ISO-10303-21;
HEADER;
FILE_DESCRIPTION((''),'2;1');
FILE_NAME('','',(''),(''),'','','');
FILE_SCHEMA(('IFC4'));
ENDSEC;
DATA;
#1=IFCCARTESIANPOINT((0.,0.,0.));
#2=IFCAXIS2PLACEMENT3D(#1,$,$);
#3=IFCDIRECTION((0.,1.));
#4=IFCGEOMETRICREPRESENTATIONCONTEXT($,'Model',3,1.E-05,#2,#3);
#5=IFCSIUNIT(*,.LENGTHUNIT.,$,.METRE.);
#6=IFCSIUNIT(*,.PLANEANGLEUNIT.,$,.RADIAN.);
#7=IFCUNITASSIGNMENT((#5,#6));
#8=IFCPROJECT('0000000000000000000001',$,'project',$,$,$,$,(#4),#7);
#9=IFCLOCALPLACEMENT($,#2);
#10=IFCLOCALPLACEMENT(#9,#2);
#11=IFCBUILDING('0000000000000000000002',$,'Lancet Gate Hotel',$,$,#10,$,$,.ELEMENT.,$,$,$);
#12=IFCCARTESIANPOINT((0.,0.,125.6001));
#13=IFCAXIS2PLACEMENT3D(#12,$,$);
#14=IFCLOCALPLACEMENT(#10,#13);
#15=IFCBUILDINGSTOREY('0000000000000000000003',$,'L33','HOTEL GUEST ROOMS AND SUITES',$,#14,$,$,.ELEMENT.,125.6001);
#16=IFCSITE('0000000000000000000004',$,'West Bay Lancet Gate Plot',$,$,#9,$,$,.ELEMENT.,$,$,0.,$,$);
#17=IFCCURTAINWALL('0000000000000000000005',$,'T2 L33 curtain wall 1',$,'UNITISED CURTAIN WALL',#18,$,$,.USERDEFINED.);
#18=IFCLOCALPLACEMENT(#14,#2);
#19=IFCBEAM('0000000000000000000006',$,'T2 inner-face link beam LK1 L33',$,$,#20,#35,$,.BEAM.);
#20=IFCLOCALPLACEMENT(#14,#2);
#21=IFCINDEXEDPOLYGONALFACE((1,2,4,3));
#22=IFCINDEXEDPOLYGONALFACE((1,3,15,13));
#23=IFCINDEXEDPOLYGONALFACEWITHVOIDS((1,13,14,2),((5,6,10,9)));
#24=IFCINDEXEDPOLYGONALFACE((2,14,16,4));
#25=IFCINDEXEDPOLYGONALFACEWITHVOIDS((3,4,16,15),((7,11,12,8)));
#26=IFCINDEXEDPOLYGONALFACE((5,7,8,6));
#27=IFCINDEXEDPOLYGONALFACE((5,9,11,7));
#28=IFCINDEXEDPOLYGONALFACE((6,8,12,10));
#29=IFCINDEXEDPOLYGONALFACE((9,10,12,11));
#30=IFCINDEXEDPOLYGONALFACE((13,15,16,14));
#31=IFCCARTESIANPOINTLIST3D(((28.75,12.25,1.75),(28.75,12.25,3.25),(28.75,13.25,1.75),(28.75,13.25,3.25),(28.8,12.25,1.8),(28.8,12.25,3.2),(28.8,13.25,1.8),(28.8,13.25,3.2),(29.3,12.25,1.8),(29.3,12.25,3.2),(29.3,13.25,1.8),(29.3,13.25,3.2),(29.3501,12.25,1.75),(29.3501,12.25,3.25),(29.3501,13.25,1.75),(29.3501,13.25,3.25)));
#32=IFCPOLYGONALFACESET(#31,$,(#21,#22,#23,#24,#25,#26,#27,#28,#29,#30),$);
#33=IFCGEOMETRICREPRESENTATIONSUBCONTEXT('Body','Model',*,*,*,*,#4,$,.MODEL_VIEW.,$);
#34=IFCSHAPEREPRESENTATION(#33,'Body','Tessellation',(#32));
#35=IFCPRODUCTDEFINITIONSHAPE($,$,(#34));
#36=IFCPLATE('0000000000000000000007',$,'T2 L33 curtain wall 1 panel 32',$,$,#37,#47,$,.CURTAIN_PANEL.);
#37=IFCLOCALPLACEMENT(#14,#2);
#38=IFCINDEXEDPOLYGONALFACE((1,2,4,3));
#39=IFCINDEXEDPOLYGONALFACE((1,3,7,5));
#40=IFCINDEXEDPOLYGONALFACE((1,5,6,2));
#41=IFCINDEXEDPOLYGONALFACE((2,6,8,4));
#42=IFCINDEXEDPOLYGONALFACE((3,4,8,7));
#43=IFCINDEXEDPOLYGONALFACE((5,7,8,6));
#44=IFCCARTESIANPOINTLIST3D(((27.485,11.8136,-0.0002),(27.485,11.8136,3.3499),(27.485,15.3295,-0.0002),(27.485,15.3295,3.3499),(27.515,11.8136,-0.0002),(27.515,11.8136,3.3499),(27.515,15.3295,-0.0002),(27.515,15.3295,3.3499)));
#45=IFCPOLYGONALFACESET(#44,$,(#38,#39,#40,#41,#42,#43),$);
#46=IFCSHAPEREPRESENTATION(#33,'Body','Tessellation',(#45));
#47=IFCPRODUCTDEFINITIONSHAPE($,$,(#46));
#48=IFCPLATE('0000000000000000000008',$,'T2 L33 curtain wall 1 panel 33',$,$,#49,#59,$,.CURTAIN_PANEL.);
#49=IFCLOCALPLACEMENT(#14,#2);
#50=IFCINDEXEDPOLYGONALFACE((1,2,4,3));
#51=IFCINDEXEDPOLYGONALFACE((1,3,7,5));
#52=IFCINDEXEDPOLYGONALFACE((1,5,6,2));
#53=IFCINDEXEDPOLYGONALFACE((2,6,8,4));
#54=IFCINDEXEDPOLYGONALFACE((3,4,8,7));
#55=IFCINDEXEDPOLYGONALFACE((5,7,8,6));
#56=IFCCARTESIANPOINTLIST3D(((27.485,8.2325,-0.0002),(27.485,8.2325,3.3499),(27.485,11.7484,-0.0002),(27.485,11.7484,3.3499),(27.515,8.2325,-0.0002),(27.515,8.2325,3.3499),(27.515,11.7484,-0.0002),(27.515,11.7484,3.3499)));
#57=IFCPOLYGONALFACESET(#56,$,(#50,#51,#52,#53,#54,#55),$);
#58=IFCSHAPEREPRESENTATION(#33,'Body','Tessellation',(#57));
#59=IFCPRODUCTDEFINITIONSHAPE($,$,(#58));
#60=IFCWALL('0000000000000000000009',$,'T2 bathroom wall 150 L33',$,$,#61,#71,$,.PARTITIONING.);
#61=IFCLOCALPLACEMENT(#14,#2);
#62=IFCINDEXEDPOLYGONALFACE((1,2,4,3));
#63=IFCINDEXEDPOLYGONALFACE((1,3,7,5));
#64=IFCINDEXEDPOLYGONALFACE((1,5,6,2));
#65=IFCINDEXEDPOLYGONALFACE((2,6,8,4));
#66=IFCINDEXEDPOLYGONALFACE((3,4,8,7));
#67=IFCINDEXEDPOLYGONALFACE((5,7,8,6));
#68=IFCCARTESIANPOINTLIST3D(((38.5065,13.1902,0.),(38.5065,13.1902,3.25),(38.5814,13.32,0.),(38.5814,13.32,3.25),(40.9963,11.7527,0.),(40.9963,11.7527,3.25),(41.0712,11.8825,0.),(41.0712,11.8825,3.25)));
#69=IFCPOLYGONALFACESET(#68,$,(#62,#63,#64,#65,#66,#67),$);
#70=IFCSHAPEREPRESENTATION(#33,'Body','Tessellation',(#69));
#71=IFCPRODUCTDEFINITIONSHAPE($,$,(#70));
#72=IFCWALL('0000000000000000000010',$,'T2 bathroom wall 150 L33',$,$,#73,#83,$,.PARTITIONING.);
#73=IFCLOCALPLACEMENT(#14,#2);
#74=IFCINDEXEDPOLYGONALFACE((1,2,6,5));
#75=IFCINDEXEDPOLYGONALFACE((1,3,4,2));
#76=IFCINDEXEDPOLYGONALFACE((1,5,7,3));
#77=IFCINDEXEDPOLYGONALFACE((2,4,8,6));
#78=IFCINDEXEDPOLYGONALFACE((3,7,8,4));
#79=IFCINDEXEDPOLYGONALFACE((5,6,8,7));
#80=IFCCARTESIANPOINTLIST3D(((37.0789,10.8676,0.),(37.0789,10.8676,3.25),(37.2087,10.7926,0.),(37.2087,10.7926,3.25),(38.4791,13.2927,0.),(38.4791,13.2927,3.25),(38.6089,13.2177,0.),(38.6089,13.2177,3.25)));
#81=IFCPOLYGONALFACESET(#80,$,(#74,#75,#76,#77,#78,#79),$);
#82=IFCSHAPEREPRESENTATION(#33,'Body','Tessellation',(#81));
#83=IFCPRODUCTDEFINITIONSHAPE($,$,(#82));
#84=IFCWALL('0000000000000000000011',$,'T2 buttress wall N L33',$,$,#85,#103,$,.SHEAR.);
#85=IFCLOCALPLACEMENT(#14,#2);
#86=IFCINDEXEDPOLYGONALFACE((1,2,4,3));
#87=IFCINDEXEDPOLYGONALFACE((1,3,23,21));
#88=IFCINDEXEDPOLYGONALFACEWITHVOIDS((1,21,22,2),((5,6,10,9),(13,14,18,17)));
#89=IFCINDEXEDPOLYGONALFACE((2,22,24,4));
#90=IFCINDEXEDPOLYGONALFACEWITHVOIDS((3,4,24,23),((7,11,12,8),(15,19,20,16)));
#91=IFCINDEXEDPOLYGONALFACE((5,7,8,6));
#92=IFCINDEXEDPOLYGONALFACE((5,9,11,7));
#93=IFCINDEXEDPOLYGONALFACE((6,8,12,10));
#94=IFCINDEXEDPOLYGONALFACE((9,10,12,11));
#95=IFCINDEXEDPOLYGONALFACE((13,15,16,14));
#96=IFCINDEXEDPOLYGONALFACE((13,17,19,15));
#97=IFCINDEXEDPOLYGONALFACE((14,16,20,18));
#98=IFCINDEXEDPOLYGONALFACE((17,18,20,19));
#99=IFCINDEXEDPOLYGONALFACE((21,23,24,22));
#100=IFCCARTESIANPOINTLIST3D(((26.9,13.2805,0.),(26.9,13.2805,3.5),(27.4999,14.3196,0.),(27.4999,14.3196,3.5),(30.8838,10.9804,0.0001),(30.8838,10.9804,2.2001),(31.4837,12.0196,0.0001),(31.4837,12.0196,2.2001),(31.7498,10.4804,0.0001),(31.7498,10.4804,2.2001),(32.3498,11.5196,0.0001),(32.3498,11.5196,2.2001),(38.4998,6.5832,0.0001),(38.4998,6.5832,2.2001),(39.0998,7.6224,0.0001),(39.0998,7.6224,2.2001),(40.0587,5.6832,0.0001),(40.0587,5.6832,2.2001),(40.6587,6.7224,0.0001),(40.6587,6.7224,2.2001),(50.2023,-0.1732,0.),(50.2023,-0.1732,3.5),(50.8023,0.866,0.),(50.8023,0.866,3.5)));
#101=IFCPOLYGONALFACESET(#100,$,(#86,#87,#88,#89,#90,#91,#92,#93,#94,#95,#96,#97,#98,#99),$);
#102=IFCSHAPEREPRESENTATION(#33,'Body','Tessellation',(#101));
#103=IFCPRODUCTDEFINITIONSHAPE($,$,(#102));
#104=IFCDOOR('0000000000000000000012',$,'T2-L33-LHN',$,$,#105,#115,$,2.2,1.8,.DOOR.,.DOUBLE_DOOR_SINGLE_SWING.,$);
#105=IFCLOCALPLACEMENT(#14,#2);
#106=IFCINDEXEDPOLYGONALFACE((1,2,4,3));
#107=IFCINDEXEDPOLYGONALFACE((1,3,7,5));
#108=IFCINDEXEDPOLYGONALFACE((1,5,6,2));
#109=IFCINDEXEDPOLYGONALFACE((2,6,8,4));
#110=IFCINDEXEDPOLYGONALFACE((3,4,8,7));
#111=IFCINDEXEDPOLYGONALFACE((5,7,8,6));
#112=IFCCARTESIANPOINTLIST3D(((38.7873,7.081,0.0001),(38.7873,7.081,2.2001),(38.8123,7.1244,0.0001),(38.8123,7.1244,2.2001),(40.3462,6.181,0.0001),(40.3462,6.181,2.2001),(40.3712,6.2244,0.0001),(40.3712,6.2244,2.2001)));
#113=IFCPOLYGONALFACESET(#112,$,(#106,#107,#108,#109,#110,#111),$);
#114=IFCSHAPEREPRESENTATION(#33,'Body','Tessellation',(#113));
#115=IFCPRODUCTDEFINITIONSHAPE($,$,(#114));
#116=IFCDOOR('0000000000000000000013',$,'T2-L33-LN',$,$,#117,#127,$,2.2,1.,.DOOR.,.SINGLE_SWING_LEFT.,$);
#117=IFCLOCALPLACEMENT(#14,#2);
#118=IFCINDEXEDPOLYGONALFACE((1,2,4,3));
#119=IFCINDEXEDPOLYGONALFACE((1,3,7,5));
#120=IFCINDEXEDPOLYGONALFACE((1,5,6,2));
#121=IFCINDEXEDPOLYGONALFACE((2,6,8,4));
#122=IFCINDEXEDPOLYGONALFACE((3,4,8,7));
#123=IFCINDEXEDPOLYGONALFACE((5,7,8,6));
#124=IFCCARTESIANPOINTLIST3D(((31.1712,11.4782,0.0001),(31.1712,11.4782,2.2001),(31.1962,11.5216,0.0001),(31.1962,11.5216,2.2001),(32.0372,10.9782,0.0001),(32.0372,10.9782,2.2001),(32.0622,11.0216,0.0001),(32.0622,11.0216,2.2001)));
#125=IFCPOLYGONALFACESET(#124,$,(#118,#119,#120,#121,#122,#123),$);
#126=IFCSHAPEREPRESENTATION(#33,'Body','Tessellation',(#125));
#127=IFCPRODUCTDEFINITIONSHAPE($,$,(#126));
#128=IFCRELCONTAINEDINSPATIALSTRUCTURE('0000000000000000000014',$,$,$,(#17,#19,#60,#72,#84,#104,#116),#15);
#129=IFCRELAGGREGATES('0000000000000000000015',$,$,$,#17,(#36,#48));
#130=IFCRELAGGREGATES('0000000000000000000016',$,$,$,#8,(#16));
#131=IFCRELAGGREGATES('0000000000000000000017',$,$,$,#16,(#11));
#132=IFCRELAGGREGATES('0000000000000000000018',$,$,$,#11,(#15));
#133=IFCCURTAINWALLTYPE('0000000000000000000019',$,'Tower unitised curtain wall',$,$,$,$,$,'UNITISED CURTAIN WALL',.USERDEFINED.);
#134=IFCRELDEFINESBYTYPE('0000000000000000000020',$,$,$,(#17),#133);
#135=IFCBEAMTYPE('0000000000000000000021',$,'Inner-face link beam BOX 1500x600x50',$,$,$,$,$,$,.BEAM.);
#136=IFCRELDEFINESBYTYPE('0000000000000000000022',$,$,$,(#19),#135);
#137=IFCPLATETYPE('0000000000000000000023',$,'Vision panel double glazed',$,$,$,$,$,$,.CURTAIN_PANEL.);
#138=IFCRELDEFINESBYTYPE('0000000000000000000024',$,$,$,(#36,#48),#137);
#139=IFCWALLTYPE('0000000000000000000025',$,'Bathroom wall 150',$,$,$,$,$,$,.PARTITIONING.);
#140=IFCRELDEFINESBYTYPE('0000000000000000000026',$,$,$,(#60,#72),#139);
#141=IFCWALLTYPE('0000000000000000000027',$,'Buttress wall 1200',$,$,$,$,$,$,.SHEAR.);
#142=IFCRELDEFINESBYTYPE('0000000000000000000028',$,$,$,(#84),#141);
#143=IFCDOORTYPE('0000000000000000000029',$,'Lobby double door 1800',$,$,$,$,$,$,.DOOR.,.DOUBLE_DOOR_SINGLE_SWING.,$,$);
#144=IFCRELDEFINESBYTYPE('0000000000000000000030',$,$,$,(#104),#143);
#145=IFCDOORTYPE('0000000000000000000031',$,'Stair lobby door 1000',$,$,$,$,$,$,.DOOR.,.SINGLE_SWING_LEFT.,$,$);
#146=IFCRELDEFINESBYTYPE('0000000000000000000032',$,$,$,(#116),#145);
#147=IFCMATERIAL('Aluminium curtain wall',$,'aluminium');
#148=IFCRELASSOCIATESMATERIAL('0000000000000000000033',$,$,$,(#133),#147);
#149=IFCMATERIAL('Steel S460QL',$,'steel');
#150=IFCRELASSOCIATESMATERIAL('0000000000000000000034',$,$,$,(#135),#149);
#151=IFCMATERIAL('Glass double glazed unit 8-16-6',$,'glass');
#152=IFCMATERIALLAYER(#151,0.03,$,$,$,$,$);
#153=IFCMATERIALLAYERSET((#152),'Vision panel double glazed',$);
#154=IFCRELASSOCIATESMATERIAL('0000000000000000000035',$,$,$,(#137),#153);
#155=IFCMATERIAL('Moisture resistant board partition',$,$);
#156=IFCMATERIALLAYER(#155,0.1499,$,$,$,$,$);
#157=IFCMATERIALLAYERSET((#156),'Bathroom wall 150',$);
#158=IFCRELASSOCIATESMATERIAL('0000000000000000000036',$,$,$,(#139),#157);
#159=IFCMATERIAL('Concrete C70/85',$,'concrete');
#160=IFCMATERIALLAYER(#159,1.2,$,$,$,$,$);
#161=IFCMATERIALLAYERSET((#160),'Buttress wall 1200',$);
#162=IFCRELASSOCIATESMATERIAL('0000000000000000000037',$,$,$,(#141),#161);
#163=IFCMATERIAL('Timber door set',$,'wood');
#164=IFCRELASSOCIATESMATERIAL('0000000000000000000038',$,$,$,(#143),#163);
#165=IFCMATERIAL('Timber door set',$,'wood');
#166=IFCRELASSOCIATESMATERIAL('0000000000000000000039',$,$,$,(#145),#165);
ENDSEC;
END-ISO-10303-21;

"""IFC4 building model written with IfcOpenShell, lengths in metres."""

from ifc_helpers import new_model, si_unit, direction, frame, frame_2d, origin, origin_2d, place, context, subcontext, project, spatial, rectangle, hollow_rectangle, extrude, material, layer, layer_set, material_profile, profile_set, type_object, element, fill, aggregate, save


model = new_model("IFC4")

# Units and contexts
model_context = context("Model", 3, precision=1e-05, world=origin(), true_north=direction((0.0, 1.0)))
body_context = subcontext(model_context, "Body", "Model", "MODEL_VIEW")
ifc_project = project(units=[si_unit("LENGTHUNIT", "METRE"), si_unit("PLANEANGLEUNIT", "RADIAN")], contexts=[model_context])

# Site, building, storey
site_placement = place(None, origin())
site = spatial("IfcSite", under=ifc_project, at=site_placement, Name="West Bay Lancet Gate Plot", CompositionType="ELEMENT", RefElevation=0.0)
building_placement = place(site_placement, origin())
building = spatial("IfcBuilding", under=site, at=building_placement, Name="Lancet Gate Hotel", CompositionType="ELEMENT")
storey_placement = place(building_placement, frame((0.0, 0.0, 125.6001)))
storey = spatial("IfcBuildingStorey", under=building, at=storey_placement, Name="L33", Description="HOTEL GUEST ROOMS AND SUITES", CompositionType="ELEMENT", Elevation=125.6001)

# Curtain wall
ifc_material_1 = material(Name="Aluminium curtain wall", Category="aluminium")
curtain_wall_type = type_object("IfcCurtainWallType", Name="Tower unitised curtain wall", ElementType="UNITISED CURTAIN WALL", PredefinedType="USERDEFINED", material=ifc_material_1)
curtain_wall_placement = place(storey_placement, origin())
curtain_wall = element("IfcCurtainWall", 1, at=curtain_wall_placement, inside=storey, type_object=curtain_wall_type, Name="T2 L33 curtain wall 1", ObjectType="UNITISED CURTAIN WALL", PredefinedType="USERDEFINED")

# Beam
ifc_material_2 = material(Name="Steel S460QL", Category="steel")
ifc_material_profile_1 = material_profile(ifc_material_2, hollow_rectangle(XDim=0.6001, YDim=1.5, WallThickness=0.05, at=origin_2d()), Name="BOX 1500x600x50")
ifc_profile_set_1 = profile_set([ifc_material_profile_1], Name="Steel S460QL")
beam_type_1 = type_object("IfcBeamType", Name="Inner-face link beam BOX 1500x600x50", PredefinedType="BEAM", material=ifc_profile_set_1)
beam_1_placement = place(storey_placement, frame((29.05, 12.25, 2.5), z_axis=(0.0, 1.0, 0.0), x_axis=(-1.0, 0.0, 0.0)))
element("IfcBeam", 2, at=beam_1_placement, inside=storey, type_object=beam_type_1, Name="T2 inner-face link beam LK1 L33", PredefinedType="BEAM", context=body_context, shape_type="SweptSolid", body=[
    extrude(hollow_rectangle(XDim=0.6001, YDim=1.5, WallThickness=0.05, at=origin_2d()), origin(), (0.0, 0.0, 1.0), 1.0),
])

# Plates
ifc_material_3 = material(Name="Glass double glazed unit 8-16-6", Category="glass")
ifc_layer_1 = layer(ifc_material_3, 0.03)
ifc_layer_set_1 = layer_set([ifc_layer_1], Name="Vision panel double glazed")
plate_type = type_object("IfcPlateType", Name="Vision panel double glazed", PredefinedType="CURTAIN_PANEL", material=ifc_layer_set_1)
plate_1_placement = place(storey_placement, frame((27.5, 13.5715, -0.0002), z_axis=(0.0, 0.0, 1.0), x_axis=(0.0, -1.0, 0.0)))
plate_1 = element("IfcPlate", 3, at=plate_1_placement, type_object=plate_type, Name="T2 L33 curtain wall 1 panel 32", PredefinedType="CURTAIN_PANEL", context=body_context, shape_type="SweptSolid", body=[
    extrude(rectangle(XDim=3.5159, YDim=0.03, at=origin_2d()), origin(), (0.0, 0.0, 1.0), 3.3501),
])
plate_2_placement = place(storey_placement, frame((27.5, 9.9905, -0.0002), z_axis=(0.0, 0.0, 1.0), x_axis=(0.0, -1.0, 0.0)))
plate_2 = element("IfcPlate", 4, at=plate_2_placement, type_object=plate_type, Name="T2 L33 curtain wall 1 panel 33", PredefinedType="CURTAIN_PANEL", context=body_context, shape_type="SweptSolid", body=[
    extrude(rectangle(XDim=3.5159, YDim=0.03, at=origin_2d()), origin(), (0.0, 0.0, 1.0), 3.3501),
])
aggregate(curtain_wall, [plate_1, plate_2])

# Walls
ifc_material_4 = material(Name="Moisture resistant board partition")
ifc_layer_2 = layer(ifc_material_4, 0.1499)
ifc_layer_set_2 = layer_set([ifc_layer_2], Name="Bathroom wall 150")
wall_type_1 = type_object("IfcWallType", Name="Bathroom wall 150", PredefinedType="PARTITIONING", material=ifc_layer_set_2)
wall_1_placement = place(storey_placement, frame((38.5439, 13.2551, 0.0), z_axis=(0.0, 0.0, 1.0), x_axis=(0.866019, -0.500012, 0.0)))
element("IfcWall", 5, at=wall_1_placement, inside=storey, type_object=wall_type_1, Name="T2 bathroom wall 150 L33", PredefinedType="PARTITIONING", context=body_context, shape_type="SweptSolid", body=[
    extrude(rectangle(XDim=2.875, YDim=0.1499, at=frame_2d((1.4375, 0.0))), origin(), (0.0, 0.0, 1.0), 3.25),
])
wall_2_placement = place(storey_placement, frame((37.1438, 10.8301, 0.0), z_axis=(0.0, 0.0, 1.0), x_axis=(0.500012, 0.866019, 0.0)))
element("IfcWall", 6, at=wall_2_placement, inside=storey, type_object=wall_type_1, Name="T2 bathroom wall 150 L33", PredefinedType="PARTITIONING", context=body_context, shape_type="SweptSolid", body=[
    extrude(rectangle(XDim=2.8003, YDim=0.1499, at=frame_2d((1.4001, 0.0))), origin(), (0.0, 0.0, 1.0), 3.25),
])

# Wall, openings, doors
ifc_material_5 = material(Name="Concrete C70/85", Category="concrete")
ifc_layer_3 = layer(ifc_material_5, 1.2)
ifc_layer_set_3 = layer_set([ifc_layer_3], Name="Buttress wall 1200")
wall_type_2 = type_object("IfcWallType", Name="Buttress wall 1200", PredefinedType="SHEAR", material=ifc_layer_set_3)
wall_3_placement = place(storey_placement, frame((27.2, 13.8, 0.0), z_axis=(0.0, 0.0, 1.0), x_axis=(0.866025, -0.500002, 0.0)))
wall_3 = element("IfcWall", 7, at=wall_3_placement, inside=storey, type_object=wall_type_2, Name="T2 buttress wall N L33", PredefinedType="SHEAR", context=body_context, shape_type="SweptSolid", body=[
    extrude(rectangle(XDim=26.9072, YDim=1.2, at=frame_2d((13.4536, 0.0))), origin(), (0.0, 0.0, 1.0), 3.5),
])
opening_1_placement = place(wall_3_placement, frame((4.6001, 0.0, 0.0)))
opening_1 = element("IfcOpeningElement", 8, at=opening_1_placement, cuts=wall_3, PredefinedType="OPENING", context=body_context, shape_type="SweptSolid", body=[
    extrude(rectangle(XDim=1.0, YDim=2.2, at=frame_2d((0.5, 1.1001))), frame((0.0, 0.6099, 0.0), z_axis=(0.0, -1.0, 0.0), x_axis=(1.0, 0.0, 0.0)), (0.0, 0.0, 1.0), 1.22),
])
opening_2_placement = place(wall_3_placement, frame((13.3945, 0.0, 0.0)))
opening_2 = element("IfcOpeningElement", 9, at=opening_2_placement, cuts=wall_3, PredefinedType="OPENING", context=body_context, shape_type="SweptSolid", body=[
    extrude(rectangle(XDim=1.8, YDim=2.2, at=frame_2d((0.8999, 1.1001))), frame((0.0, 0.6099, 0.0), z_axis=(0.0, -1.0, 0.0), x_axis=(1.0, 0.0, 0.0)), (0.0, 0.0, 1.0), 1.22),
])
ifc_material_6 = material(Name="Timber door set", Category="wood")
door_type_1 = type_object("IfcDoorType", Name="Lobby double door 1800", OperationType="DOUBLE_DOOR_SINGLE_SWING", PredefinedType="DOOR", material=ifc_material_6)
door_1_placement = place(opening_2_placement, origin())
door_1 = element("IfcDoor", 10, at=door_1_placement, inside=storey, type_object=door_type_1, Name="T2-L33-LHN", OperationType="DOUBLE_DOOR_SINGLE_SWING", OverallHeight=2.2, OverallWidth=1.8, PredefinedType="DOOR", context=body_context, shape_type="SweptSolid", body=[
    extrude(rectangle(XDim=1.8, YDim=2.2, at=frame_2d((0.8999, 1.1001))), frame((0.0, 0.0249, 0.0), z_axis=(0.0, -1.0, 0.0), x_axis=(1.0, 0.0, 0.0)), (0.0, 0.0, 1.0), 0.05),
])
fill(opening_2, door_1)
ifc_material_7 = material(Name="Timber door set", Category="wood")
door_type_2 = type_object("IfcDoorType", Name="Stair lobby door 1000", OperationType="SINGLE_SWING_LEFT", PredefinedType="DOOR", material=ifc_material_7)
door_2_placement = place(opening_1_placement, origin())
door_2 = element("IfcDoor", 11, at=door_2_placement, inside=storey, type_object=door_type_2, Name="T2-L33-LN", OperationType="SINGLE_SWING_LEFT", OverallHeight=2.2, OverallWidth=1.0, PredefinedType="DOOR", context=body_context, shape_type="SweptSolid", body=[
    extrude(rectangle(XDim=1.0, YDim=2.2, at=frame_2d((0.5, 1.1001))), frame((0.0, 0.0249, 0.0), z_axis=(0.0, -1.0, 0.0), x_axis=(1.0, 0.0, 0.0)), (0.0, 0.0, 1.0), 0.05),
])
fill(opening_1, door_2)

save(model, "model.ifc")
